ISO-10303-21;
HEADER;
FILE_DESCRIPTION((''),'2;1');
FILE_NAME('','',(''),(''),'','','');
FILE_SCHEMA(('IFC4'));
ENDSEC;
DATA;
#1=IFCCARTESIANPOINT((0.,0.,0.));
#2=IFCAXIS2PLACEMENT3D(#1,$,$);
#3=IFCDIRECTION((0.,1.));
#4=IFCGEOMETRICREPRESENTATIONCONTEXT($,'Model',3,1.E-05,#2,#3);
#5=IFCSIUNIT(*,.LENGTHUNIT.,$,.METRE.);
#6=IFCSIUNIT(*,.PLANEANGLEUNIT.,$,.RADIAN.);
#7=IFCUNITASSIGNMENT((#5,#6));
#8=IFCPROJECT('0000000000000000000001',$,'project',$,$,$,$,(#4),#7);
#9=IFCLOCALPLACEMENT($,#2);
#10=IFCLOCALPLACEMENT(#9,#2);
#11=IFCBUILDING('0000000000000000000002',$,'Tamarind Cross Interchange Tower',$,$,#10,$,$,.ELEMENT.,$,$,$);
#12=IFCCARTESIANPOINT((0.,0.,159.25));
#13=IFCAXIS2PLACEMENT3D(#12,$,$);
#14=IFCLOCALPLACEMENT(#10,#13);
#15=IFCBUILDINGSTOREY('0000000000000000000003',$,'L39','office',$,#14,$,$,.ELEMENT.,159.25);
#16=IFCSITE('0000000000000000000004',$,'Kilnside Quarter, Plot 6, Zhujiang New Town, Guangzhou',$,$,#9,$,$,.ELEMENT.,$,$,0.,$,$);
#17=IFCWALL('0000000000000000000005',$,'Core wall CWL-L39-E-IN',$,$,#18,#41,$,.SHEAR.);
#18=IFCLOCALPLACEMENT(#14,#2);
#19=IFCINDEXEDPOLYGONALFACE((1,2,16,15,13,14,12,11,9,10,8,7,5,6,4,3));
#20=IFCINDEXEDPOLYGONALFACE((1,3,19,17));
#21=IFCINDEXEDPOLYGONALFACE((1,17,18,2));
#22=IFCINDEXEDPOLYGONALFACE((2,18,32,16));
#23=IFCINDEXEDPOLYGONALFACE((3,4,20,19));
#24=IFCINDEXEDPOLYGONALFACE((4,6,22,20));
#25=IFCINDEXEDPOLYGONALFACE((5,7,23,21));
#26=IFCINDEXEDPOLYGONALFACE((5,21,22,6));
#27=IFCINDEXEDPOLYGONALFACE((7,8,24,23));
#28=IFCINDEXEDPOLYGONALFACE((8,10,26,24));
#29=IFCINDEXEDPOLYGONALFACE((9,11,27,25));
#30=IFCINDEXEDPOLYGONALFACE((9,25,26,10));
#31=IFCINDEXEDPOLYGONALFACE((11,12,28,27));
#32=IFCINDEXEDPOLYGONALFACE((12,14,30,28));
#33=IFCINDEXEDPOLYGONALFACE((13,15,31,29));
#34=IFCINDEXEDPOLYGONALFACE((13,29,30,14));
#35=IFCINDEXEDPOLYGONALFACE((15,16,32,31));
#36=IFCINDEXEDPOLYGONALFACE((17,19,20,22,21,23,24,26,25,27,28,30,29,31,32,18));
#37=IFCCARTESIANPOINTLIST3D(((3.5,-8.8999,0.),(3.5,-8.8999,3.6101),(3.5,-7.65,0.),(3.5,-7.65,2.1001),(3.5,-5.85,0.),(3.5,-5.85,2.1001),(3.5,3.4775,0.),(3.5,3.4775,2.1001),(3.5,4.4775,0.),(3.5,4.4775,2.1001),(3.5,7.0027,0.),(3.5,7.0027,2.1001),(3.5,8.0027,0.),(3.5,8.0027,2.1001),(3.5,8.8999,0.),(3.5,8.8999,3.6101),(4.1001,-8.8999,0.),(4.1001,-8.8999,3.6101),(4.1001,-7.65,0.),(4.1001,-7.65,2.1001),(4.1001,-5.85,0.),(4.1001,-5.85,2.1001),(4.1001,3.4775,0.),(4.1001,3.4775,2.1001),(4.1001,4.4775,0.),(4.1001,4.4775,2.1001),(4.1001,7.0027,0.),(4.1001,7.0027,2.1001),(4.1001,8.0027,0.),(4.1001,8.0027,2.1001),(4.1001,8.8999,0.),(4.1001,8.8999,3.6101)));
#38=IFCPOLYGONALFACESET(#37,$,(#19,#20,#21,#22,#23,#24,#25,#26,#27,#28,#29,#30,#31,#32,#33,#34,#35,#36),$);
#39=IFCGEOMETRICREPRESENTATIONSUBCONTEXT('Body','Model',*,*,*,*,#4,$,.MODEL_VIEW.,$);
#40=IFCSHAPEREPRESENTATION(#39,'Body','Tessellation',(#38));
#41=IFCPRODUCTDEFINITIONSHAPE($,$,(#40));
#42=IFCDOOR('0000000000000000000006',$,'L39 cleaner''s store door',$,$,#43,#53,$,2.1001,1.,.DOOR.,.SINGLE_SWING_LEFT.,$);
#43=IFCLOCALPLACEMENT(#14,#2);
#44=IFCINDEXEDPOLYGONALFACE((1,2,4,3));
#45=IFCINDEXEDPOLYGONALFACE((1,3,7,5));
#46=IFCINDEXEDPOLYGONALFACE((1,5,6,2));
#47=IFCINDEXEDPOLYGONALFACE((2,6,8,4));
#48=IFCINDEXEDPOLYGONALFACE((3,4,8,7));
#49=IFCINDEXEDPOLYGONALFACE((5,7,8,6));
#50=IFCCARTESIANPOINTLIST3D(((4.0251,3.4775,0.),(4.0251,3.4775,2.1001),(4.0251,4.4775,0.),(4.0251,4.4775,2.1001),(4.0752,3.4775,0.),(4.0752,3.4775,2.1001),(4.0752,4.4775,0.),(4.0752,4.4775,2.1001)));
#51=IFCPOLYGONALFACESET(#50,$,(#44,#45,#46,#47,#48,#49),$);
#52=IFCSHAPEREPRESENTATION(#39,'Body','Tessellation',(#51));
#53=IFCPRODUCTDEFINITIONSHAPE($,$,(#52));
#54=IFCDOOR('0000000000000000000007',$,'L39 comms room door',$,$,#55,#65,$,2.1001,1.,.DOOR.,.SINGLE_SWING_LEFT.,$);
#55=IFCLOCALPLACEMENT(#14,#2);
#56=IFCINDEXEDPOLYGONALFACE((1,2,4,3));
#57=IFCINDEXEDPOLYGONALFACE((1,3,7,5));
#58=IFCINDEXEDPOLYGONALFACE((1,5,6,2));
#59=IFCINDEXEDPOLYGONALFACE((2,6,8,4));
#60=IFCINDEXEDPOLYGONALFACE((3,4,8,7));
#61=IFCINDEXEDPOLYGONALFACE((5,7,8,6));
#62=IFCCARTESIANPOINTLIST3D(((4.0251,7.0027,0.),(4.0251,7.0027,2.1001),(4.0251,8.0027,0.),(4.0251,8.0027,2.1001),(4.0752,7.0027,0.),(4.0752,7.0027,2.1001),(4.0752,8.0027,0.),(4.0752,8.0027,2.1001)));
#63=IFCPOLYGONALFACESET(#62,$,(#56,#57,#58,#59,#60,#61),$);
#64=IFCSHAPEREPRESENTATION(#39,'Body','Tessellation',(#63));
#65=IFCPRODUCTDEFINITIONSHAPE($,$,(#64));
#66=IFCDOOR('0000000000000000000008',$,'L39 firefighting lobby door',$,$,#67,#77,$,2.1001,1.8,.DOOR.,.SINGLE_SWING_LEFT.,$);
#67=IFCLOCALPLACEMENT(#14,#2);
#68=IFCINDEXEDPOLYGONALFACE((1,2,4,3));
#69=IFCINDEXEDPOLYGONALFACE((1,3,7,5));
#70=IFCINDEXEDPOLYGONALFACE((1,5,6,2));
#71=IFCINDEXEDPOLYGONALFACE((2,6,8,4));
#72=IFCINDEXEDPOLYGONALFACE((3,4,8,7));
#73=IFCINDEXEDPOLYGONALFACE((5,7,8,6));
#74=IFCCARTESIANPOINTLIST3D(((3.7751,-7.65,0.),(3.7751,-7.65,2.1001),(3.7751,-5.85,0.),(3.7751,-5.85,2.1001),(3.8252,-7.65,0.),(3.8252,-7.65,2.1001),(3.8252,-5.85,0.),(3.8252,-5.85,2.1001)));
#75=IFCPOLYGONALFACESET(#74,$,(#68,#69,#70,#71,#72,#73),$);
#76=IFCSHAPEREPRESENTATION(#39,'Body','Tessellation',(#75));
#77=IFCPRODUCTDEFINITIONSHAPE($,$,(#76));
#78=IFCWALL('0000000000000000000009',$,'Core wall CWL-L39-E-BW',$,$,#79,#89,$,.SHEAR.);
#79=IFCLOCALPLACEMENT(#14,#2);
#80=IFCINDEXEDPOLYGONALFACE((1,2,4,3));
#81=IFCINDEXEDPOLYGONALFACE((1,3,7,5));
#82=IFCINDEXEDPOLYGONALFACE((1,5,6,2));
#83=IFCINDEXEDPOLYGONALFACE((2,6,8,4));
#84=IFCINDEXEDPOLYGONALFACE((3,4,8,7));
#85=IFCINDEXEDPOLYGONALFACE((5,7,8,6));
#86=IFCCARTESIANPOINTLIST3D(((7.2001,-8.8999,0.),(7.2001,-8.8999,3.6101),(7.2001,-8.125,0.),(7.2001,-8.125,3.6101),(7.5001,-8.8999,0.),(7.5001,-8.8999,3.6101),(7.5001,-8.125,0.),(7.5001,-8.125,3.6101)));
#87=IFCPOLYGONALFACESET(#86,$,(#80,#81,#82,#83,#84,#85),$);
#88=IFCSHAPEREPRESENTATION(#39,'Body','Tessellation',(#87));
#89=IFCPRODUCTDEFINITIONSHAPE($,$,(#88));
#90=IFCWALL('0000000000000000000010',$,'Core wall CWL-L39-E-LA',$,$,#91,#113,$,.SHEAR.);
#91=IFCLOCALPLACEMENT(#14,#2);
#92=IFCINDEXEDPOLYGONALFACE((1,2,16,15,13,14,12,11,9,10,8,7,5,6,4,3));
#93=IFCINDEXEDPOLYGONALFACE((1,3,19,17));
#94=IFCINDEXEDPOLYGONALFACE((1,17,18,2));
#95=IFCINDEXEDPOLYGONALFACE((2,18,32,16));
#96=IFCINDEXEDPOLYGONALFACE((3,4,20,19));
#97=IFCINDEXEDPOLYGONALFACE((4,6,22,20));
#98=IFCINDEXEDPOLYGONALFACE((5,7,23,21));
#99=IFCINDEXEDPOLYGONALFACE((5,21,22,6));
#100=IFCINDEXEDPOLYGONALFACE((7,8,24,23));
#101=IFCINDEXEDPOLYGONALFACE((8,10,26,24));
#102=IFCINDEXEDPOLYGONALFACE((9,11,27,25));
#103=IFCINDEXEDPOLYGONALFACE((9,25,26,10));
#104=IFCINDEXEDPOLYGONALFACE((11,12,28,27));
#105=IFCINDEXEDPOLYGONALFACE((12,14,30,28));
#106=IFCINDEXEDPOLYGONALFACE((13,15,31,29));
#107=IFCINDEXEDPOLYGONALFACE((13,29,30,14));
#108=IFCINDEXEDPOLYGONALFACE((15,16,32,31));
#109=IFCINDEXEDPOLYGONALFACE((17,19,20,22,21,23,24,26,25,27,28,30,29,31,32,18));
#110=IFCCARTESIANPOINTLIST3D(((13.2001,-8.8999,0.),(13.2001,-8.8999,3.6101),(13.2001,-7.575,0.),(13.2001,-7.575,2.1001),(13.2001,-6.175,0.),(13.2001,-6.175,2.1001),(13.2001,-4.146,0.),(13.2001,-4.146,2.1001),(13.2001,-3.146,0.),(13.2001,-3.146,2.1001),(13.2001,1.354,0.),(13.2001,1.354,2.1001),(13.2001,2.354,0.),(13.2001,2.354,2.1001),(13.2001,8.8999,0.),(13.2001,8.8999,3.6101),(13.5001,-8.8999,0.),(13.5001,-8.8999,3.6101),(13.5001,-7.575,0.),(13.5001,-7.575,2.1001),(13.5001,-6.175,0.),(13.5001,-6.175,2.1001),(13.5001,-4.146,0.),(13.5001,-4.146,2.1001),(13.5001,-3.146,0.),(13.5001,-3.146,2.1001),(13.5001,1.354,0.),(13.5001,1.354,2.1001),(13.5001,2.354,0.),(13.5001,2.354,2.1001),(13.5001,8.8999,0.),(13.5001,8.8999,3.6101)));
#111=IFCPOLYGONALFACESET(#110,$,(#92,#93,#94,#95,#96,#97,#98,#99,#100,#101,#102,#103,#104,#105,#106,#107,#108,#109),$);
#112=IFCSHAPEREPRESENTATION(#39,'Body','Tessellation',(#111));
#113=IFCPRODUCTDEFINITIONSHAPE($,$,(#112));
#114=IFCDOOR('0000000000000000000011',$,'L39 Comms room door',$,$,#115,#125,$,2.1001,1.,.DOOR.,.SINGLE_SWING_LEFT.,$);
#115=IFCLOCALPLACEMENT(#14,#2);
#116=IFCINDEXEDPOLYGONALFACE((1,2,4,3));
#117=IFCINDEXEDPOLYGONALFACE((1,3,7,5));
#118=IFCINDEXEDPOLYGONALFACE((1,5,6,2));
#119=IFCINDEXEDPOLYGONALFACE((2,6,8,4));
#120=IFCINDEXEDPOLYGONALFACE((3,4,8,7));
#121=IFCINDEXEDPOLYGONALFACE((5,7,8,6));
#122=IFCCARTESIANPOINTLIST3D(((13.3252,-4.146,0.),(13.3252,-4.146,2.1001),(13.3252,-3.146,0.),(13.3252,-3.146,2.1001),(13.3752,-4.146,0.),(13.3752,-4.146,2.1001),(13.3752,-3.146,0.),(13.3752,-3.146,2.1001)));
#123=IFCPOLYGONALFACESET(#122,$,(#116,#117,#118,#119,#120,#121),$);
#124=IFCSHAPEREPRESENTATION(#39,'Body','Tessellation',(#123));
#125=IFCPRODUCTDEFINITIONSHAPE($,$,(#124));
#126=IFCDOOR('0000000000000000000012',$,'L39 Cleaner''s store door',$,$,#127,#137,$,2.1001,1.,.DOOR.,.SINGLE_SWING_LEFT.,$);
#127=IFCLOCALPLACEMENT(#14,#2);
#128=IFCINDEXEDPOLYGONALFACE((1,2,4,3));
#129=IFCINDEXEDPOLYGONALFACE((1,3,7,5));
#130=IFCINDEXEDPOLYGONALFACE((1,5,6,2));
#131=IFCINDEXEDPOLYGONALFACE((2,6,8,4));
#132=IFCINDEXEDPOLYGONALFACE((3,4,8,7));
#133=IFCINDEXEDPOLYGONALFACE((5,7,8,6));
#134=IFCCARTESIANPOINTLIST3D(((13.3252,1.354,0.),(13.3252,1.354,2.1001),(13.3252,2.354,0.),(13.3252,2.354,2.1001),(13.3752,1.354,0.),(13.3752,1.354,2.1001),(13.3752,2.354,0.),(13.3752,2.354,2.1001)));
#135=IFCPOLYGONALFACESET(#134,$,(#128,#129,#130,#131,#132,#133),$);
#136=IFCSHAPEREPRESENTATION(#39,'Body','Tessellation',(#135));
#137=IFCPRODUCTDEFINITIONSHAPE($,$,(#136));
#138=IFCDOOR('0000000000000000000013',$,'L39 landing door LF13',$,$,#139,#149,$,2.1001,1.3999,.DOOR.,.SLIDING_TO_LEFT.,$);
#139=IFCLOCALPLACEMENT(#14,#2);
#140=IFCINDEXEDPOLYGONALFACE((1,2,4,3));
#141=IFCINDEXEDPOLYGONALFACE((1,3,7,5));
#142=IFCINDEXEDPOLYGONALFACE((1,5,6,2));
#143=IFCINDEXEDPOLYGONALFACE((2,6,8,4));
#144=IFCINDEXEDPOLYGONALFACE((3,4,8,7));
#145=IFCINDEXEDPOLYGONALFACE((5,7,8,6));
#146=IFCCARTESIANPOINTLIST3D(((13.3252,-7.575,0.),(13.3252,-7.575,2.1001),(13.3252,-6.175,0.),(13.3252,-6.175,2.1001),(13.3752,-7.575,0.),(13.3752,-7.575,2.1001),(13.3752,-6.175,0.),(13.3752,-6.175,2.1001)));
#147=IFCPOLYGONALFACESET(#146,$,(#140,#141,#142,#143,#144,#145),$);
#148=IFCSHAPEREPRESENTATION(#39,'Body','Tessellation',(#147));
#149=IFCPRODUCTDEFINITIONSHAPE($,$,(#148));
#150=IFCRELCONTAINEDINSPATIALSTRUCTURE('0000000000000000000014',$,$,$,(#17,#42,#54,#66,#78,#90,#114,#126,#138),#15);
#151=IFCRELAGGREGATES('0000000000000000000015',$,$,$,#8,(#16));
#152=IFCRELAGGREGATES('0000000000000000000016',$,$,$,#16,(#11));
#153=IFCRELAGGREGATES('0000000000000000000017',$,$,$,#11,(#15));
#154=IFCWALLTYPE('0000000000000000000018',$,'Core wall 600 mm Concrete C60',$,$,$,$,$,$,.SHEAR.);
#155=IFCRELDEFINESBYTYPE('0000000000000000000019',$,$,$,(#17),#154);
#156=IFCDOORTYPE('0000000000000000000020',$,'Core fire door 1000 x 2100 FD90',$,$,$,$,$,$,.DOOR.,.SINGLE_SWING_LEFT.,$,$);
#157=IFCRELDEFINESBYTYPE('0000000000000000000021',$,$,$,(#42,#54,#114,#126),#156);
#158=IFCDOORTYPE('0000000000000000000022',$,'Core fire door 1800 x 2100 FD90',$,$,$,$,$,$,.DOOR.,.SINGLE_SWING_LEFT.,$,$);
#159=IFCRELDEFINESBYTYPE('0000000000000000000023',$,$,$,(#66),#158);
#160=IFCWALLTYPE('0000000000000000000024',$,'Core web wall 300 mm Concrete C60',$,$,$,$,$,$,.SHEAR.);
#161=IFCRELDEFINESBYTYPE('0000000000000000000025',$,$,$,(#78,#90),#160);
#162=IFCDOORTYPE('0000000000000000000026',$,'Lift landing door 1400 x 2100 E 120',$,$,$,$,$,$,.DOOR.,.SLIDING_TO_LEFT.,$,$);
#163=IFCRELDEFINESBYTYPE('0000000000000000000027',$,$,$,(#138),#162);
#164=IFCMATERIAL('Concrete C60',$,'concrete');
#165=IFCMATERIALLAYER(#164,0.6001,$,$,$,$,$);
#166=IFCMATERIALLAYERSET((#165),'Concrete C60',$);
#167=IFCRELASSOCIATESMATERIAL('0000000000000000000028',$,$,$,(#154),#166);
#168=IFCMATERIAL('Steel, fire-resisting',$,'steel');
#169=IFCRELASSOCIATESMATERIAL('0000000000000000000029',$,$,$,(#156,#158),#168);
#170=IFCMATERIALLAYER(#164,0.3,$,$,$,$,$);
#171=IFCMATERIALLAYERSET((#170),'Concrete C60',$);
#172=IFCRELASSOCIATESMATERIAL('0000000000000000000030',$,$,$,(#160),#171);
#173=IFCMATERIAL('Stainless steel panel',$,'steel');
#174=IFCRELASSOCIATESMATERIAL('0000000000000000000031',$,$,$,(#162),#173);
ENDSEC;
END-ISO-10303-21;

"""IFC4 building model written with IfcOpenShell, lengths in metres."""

from ifc_helpers import new_model, si_unit, direction, frame, frame_2d, origin, place, context, subcontext, project, spatial, rectangle, extrude, material, layer, layer_set, type_object, element, fill, save


model = new_model("IFC4")

# Units and contexts
model_context = context("Model", 3, precision=1e-05, world=origin(), true_north=direction((0.0, 1.0)))
body_context = subcontext(model_context, "Body", "Model", "MODEL_VIEW")
ifc_project = project(units=[si_unit("LENGTHUNIT", "METRE"), si_unit("PLANEANGLEUNIT", "RADIAN")], contexts=[model_context])

# Site, building, storey
site_placement = place(None, origin())
site = spatial("IfcSite", under=ifc_project, at=site_placement, Name="Kilnside Quarter, Plot 6, Zhujiang New Town, Guangzhou", CompositionType="ELEMENT", RefElevation=0.0)
building_placement = place(site_placement, origin())
building = spatial("IfcBuilding", under=site, at=building_placement, Name="Tamarind Cross Interchange Tower", CompositionType="ELEMENT")
storey_placement = place(building_placement, frame((0.0, 0.0, 159.25)))
storey = spatial("IfcBuildingStorey", under=building, at=storey_placement, Name="L39", Description="office", CompositionType="ELEMENT", Elevation=159.25)

# Wall, openings, doors
ifc_material_1 = material(Name="Concrete C60", Category="concrete")
ifc_layer_1 = layer(ifc_material_1, 0.6001)
ifc_layer_set_1 = layer_set([ifc_layer_1], Name="Concrete C60")
wall_type_1 = type_object("IfcWallType", Name="Core wall 600 mm Concrete C60", PredefinedType="SHEAR", material=ifc_layer_set_1)
wall_1_placement = place(storey_placement, frame((3.8, -8.8999, 0.0), z_axis=(0.0, 0.0, 1.0), x_axis=(0.0, 1.0, 0.0)))
wall_1 = element("IfcWall", 1, at=wall_1_placement, inside=storey, type_object=wall_type_1, Name="Core wall CWL-L39-E-IN", PredefinedType="SHEAR", context=body_context, shape_type="SweptSolid", body=[
    extrude(rectangle(XDim=17.7998, YDim=0.6001, at=frame_2d((8.8999, 0.0))), origin(), (0.0, 0.0, 1.0), 3.6101),
])
opening_1_placement = place(wall_1_placement, frame((1.25, 0.0, 0.0)))
opening_1 = element("IfcOpeningElement", 2, at=opening_1_placement, cuts=wall_1, PredefinedType="OPENING", context=body_context, shape_type="SweptSolid", body=[
    extrude(rectangle(XDim=1.8, YDim=2.1001, at=frame_2d((0.8999, 1.05))), frame((0.0, 0.3101, 0.0), z_axis=(0.0, -1.0, 0.0), x_axis=(1.0, 0.0, 0.0)), (0.0, 0.0, 1.0), 0.6201),
])
opening_2_placement = place(wall_1_placement, frame((12.3774, 0.0, 0.0)))
opening_2 = element("IfcOpeningElement", 3, at=opening_2_placement, cuts=wall_1, PredefinedType="OPENING", context=body_context, shape_type="SweptSolid", body=[
    extrude(rectangle(XDim=1.0, YDim=2.1001, at=frame_2d((0.5, 1.05))), frame((0.0, 0.3101, 0.0), z_axis=(0.0, -1.0, 0.0), x_axis=(1.0, 0.0, 0.0)), (0.0, 0.0, 1.0), 0.6201),
])
opening_3_placement = place(wall_1_placement, frame((15.9026, 0.0, 0.0)))
opening_3 = element("IfcOpeningElement", 4, at=opening_3_placement, cuts=wall_1, PredefinedType="OPENING", context=body_context, shape_type="SweptSolid", body=[
    extrude(rectangle(XDim=1.0, YDim=2.1001, at=frame_2d((0.5, 1.05))), frame((0.0, 0.3101, 0.0), z_axis=(0.0, -1.0, 0.0), x_axis=(1.0, 0.0, 0.0)), (0.0, 0.0, 1.0), 0.6201),
])
ifc_material_2 = material(Name="Steel, fire-resisting", Category="steel")
door_type_1 = type_object("IfcDoorType", Name="Core fire door 1000 x 2100 FD90", OperationType="SINGLE_SWING_LEFT", PredefinedType="DOOR", material=ifc_material_2)
door_1_placement = place(opening_2_placement, origin())
door_1 = element("IfcDoor", 5, at=door_1_placement, inside=storey, type_object=door_type_1, Name="L39 cleaner's store door", OperationType="SINGLE_SWING_LEFT", OverallHeight=2.1001, OverallWidth=1.0, PredefinedType="DOOR", context=body_context, shape_type="SweptSolid", body=[
    extrude(rectangle(XDim=1.0, YDim=2.1001, at=frame_2d((0.5, 1.05))), frame((0.0, -0.2251, 0.0), z_axis=(0.0, -1.0, 0.0), x_axis=(1.0, 0.0, 0.0)), (0.0, 0.0, 1.0), 0.05),
])
fill(opening_2, door_1)
door_2_placement = place(opening_3_placement, origin())
door_2 = element("IfcDoor", 6, at=door_2_placement, inside=storey, type_object=door_type_1, Name="L39 comms room door", OperationType="SINGLE_SWING_LEFT", OverallHeight=2.1001, OverallWidth=1.0, PredefinedType="DOOR", context=body_context, shape_type="SweptSolid", body=[
    extrude(rectangle(XDim=1.0, YDim=2.1001, at=frame_2d((0.5, 1.05))), frame((0.0, -0.2251, 0.0), z_axis=(0.0, -1.0, 0.0), x_axis=(1.0, 0.0, 0.0)), (0.0, 0.0, 1.0), 0.05),
])
fill(opening_3, door_2)
door_type_2 = type_object("IfcDoorType", Name="Core fire door 1800 x 2100 FD90", OperationType="SINGLE_SWING_LEFT", PredefinedType="DOOR", material=ifc_material_2)
door_3_placement = place(opening_1_placement, origin())
door_3 = element("IfcDoor", 7, at=door_3_placement, inside=storey, type_object=door_type_2, Name="L39 firefighting lobby door", OperationType="SINGLE_SWING_LEFT", OverallHeight=2.1001, OverallWidth=1.8, PredefinedType="DOOR", context=body_context, shape_type="SweptSolid", body=[
    extrude(rectangle(XDim=1.8, YDim=2.1001, at=frame_2d((0.8999, 1.05))), frame((0.0, 0.0249, 0.0), z_axis=(0.0, -1.0, 0.0), x_axis=(1.0, 0.0, 0.0)), (0.0, 0.0, 1.0), 0.05),
])
fill(opening_1, door_3)

# Wall
ifc_layer_2 = layer(ifc_material_1, 0.3)
ifc_layer_set_2 = layer_set([ifc_layer_2], Name="Concrete C60")
wall_type_2 = type_object("IfcWallType", Name="Core web wall 300 mm Concrete C60", PredefinedType="SHEAR", material=ifc_layer_set_2)
wall_2_placement = place(storey_placement, frame((7.3501, -8.8999, 0.0), z_axis=(0.0, 0.0, 1.0), x_axis=(0.0, 1.0, 0.0)))
element("IfcWall", 8, at=wall_2_placement, inside=storey, type_object=wall_type_2, Name="Core wall CWL-L39-E-BW", PredefinedType="SHEAR", context=body_context, shape_type="SweptSolid", body=[
    extrude(rectangle(XDim=0.7749, YDim=0.3, at=frame_2d((0.3875, 0.0))), origin(), (0.0, 0.0, 1.0), 3.6101),
])

# Wall, openings, doors
wall_3_placement = place(storey_placement, frame((13.3501, -8.8999, 0.0), z_axis=(0.0, 0.0, 1.0), x_axis=(0.0, 1.0, 0.0)))
wall_3 = element("IfcWall", 9, at=wall_3_placement, inside=storey, type_object=wall_type_2, Name="Core wall CWL-L39-E-LA", PredefinedType="SHEAR", context=body_context, shape_type="SweptSolid", body=[
    extrude(rectangle(XDim=17.7998, YDim=0.3, at=frame_2d((8.8999, 0.0))), origin(), (0.0, 0.0, 1.0), 3.6101),
])
opening_4_placement = place(wall_3_placement, frame((1.325, 0.0, 0.0)))
opening_4 = element("IfcOpeningElement", 10, at=opening_4_placement, cuts=wall_3, PredefinedType="OPENING", context=body_context, shape_type="SweptSolid", body=[
    extrude(rectangle(XDim=1.3999, YDim=2.1001, at=frame_2d((0.7, 1.05))), frame((0.0, 0.1599, 0.0), z_axis=(0.0, -1.0, 0.0), x_axis=(1.0, 0.0, 0.0)), (0.0, 0.0, 1.0), 0.3201),
])
opening_5_placement = place(wall_3_placement, frame((4.7539, 0.0, 0.0)))
opening_5 = element("IfcOpeningElement", 11, at=opening_5_placement, cuts=wall_3, PredefinedType="OPENING", context=body_context, shape_type="SweptSolid", body=[
    extrude(rectangle(XDim=1.0, YDim=2.1001, at=frame_2d((0.5, 1.05))), frame((0.0, 0.1599, 0.0), z_axis=(0.0, -1.0, 0.0), x_axis=(1.0, 0.0, 0.0)), (0.0, 0.0, 1.0), 0.3201),
])
opening_6_placement = place(wall_3_placement, frame((10.2539, 0.0, 0.0)))
opening_6 = element("IfcOpeningElement", 12, at=opening_6_placement, cuts=wall_3, PredefinedType="OPENING", context=body_context, shape_type="SweptSolid", body=[
    extrude(rectangle(XDim=1.0, YDim=2.1001, at=frame_2d((0.5, 1.05))), frame((0.0, 0.1599, 0.0), z_axis=(0.0, -1.0, 0.0), x_axis=(1.0, 0.0, 0.0)), (0.0, 0.0, 1.0), 0.3201),
])
door_4_placement = place(opening_5_placement, origin())
door_4 = element("IfcDoor", 13, at=door_4_placement, inside=storey, type_object=door_type_1, Name="L39 Comms room door", OperationType="SINGLE_SWING_LEFT", OverallHeight=2.1001, OverallWidth=1.0, PredefinedType="DOOR", context=body_context, shape_type="SweptSolid", body=[
    extrude(rectangle(XDim=1.0, YDim=2.1001, at=frame_2d((0.5, 1.05))), frame((0.0, 0.0249, 0.0), z_axis=(0.0, -1.0, 0.0), x_axis=(1.0, 0.0, 0.0)), (0.0, 0.0, 1.0), 0.05),
])
fill(opening_5, door_4)
door_5_placement = place(opening_6_placement, origin())
door_5 = element("IfcDoor", 14, at=door_5_placement, inside=storey, type_object=door_type_1, Name="L39 Cleaner's store door", OperationType="SINGLE_SWING_LEFT", OverallHeight=2.1001, OverallWidth=1.0, PredefinedType="DOOR", context=body_context, shape_type="SweptSolid", body=[
    extrude(rectangle(XDim=1.0, YDim=2.1001, at=frame_2d((0.5, 1.05))), frame((0.0, 0.0249, 0.0), z_axis=(0.0, -1.0, 0.0), x_axis=(1.0, 0.0, 0.0)), (0.0, 0.0, 1.0), 0.05),
])
fill(opening_6, door_5)
ifc_material_3 = material(Name="Stainless steel panel", Category="steel")
door_type_3 = type_object("IfcDoorType", Name="Lift landing door 1400 x 2100 E 120", OperationType="SLIDING_TO_LEFT", PredefinedType="DOOR", material=ifc_material_3)
door_6_placement = place(opening_4_placement, origin())
door_6 = element("IfcDoor", 15, at=door_6_placement, inside=storey, type_object=door_type_3, Name="L39 landing door LF13", OperationType="SLIDING_TO_LEFT", OverallHeight=2.1001, OverallWidth=1.3999, PredefinedType="DOOR", context=body_context, shape_type="SweptSolid", body=[
    extrude(rectangle(XDim=1.3999, YDim=2.1001, at=frame_2d((0.7, 1.05))), frame((0.0, 0.0249, 0.0), z_axis=(0.0, -1.0, 0.0), x_axis=(1.0, 0.0, 0.0)), (0.0, 0.0, 1.0), 0.05),
])
fill(opening_4, door_6)

save(model, "model.ifc")
